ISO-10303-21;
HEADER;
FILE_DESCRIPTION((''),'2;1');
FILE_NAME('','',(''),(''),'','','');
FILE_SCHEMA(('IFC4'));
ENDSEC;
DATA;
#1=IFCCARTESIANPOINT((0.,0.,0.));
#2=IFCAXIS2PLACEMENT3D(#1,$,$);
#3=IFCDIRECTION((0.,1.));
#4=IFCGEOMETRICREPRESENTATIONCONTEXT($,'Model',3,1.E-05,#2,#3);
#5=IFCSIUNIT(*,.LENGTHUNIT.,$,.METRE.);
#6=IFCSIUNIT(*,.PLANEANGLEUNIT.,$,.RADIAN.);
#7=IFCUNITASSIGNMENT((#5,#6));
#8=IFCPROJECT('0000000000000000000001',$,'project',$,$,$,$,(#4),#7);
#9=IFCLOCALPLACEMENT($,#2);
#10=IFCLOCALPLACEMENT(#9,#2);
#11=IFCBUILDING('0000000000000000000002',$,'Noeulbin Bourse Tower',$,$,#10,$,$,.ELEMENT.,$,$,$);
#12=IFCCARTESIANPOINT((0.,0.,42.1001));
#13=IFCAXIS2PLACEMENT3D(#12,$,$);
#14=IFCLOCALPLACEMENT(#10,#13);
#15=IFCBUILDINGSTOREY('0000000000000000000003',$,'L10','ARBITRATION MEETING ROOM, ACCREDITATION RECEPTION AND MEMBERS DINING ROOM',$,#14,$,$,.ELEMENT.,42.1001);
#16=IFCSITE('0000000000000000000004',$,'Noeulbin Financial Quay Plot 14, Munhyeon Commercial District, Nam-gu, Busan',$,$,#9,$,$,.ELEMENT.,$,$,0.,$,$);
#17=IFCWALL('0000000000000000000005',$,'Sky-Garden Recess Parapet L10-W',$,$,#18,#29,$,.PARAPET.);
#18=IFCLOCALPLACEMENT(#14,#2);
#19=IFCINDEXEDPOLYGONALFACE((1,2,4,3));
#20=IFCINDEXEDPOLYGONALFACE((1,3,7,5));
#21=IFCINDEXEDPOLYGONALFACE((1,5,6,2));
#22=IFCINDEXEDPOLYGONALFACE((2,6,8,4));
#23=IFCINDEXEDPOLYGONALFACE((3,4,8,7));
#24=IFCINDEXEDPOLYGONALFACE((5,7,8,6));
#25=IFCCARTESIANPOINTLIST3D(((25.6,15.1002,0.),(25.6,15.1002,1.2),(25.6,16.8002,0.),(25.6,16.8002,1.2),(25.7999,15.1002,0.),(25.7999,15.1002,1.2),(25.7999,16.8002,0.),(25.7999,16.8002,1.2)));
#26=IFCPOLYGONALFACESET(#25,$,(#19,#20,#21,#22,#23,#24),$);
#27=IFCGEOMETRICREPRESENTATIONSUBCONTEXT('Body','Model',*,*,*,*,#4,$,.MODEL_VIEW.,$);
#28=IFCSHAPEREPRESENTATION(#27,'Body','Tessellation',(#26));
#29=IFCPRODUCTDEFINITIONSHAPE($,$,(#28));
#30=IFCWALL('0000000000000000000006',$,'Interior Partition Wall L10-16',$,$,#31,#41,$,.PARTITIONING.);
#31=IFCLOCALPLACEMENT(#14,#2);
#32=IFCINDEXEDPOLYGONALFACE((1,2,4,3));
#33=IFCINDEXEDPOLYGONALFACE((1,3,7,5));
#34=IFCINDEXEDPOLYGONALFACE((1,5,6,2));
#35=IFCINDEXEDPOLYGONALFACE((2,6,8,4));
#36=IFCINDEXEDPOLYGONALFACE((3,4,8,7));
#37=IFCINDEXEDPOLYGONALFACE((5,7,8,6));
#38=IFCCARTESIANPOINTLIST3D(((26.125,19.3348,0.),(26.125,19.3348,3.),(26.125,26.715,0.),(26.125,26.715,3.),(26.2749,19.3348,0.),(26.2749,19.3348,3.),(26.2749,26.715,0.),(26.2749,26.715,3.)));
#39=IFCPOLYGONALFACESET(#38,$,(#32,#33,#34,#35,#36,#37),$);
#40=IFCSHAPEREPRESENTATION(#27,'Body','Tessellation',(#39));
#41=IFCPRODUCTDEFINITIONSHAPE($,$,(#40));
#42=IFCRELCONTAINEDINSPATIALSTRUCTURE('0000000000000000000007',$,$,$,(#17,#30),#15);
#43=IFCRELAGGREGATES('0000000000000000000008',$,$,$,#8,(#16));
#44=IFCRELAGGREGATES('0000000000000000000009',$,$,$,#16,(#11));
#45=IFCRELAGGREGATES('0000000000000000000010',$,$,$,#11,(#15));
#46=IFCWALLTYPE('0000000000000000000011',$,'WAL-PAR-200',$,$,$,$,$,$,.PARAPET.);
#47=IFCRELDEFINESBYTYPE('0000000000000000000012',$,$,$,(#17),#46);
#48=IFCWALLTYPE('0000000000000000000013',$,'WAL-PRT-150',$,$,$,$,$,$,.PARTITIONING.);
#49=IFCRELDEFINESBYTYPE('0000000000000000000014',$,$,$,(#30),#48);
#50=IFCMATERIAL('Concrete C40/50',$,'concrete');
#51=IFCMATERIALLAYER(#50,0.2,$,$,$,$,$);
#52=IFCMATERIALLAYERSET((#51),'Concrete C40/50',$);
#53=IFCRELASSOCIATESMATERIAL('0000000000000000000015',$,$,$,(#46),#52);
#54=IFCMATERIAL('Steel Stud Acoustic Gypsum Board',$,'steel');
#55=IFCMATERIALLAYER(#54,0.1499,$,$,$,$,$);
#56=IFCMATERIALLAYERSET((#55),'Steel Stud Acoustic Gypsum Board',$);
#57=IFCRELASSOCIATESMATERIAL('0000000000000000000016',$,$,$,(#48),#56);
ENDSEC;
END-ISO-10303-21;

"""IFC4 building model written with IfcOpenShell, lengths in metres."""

from ifc_helpers import new_model, si_unit, direction, frame, frame_2d, origin, place, context, subcontext, project, spatial, rectangle, extrude, material, layer, layer_set, type_object, element, save


model = new_model("IFC4")

# Units and contexts
model_context = context("Model", 3, precision=1e-05, world=origin(), true_north=direction((0.0, 1.0)))
body_context = subcontext(model_context, "Body", "Model", "MODEL_VIEW")
ifc_project = project(units=[si_unit("LENGTHUNIT", "METRE"), si_unit("PLANEANGLEUNIT", "RADIAN")], contexts=[model_context])

# Site, building, storey
site_placement = place(None, origin())
site = spatial("IfcSite", under=ifc_project, at=site_placement, Name="Noeulbin Financial Quay Plot 14, Munhyeon Commercial District, Nam-gu, Busan", CompositionType="ELEMENT", RefElevation=0.0)
building_placement = place(site_placement, origin())
building = spatial("IfcBuilding", under=site, at=building_placement, Name="Noeulbin Bourse Tower", CompositionType="ELEMENT")
storey_placement = place(building_placement, frame((0.0, 0.0, 42.1001)))
storey = spatial("IfcBuildingStorey", under=building, at=storey_placement, Name="L10", Description="ARBITRATION MEETING ROOM, ACCREDITATION RECEPTION AND MEMBERS DINING ROOM", CompositionType="ELEMENT", Elevation=42.1001)

# Walls
ifc_material_1 = material(Name="Concrete C40/50", Category="concrete")
ifc_layer_1 = layer(ifc_material_1, 0.2)
ifc_layer_set_1 = layer_set([ifc_layer_1], Name="Concrete C40/50")
wall_type_1 = type_object("IfcWallType", Name="WAL-PAR-200", PredefinedType="PARAPET", material=ifc_layer_set_1)
wall_1_placement = place(storey_placement, frame((25.7, 15.1001, 0.0), z_axis=(0.0, 0.0, 1.0), x_axis=(0.0, 1.0, 0.0)))
element("IfcWall", 1, at=wall_1_placement, inside=storey, type_object=wall_type_1, Name="Sky-Garden Recess Parapet L10-W", PredefinedType="PARAPET", context=body_context, shape_type="SweptSolid", body=[
    extrude(rectangle(XDim=1.7, YDim=0.2, at=frame_2d((0.8501, 0.0))), origin(), (0.0, 0.0, 1.0), 1.2),
])
ifc_material_2 = material(Name="Steel Stud Acoustic Gypsum Board", Category="steel")
ifc_layer_2 = layer(ifc_material_2, 0.1499)
ifc_layer_set_2 = layer_set([ifc_layer_2], Name="Steel Stud Acoustic Gypsum Board")
wall_type_2 = type_object("IfcWallType", Name="WAL-PRT-150", PredefinedType="PARTITIONING", material=ifc_layer_set_2)
wall_2_placement = place(storey_placement, frame((26.2, 19.335, 0.0), z_axis=(0.0, 0.0, 1.0), x_axis=(0.0, 1.0, 0.0)))
element("IfcWall", 2, at=wall_2_placement, inside=storey, type_object=wall_type_2, Name="Interior Partition Wall L10-16", PredefinedType="PARTITIONING", context=body_context, shape_type="SweptSolid", body=[
    extrude(rectangle(XDim=7.3801, YDim=0.1499, at=frame_2d((3.6899, 0.0))), origin(), (0.0, 0.0, 1.0), 3.0),
])

save(model, "model.ifc")
